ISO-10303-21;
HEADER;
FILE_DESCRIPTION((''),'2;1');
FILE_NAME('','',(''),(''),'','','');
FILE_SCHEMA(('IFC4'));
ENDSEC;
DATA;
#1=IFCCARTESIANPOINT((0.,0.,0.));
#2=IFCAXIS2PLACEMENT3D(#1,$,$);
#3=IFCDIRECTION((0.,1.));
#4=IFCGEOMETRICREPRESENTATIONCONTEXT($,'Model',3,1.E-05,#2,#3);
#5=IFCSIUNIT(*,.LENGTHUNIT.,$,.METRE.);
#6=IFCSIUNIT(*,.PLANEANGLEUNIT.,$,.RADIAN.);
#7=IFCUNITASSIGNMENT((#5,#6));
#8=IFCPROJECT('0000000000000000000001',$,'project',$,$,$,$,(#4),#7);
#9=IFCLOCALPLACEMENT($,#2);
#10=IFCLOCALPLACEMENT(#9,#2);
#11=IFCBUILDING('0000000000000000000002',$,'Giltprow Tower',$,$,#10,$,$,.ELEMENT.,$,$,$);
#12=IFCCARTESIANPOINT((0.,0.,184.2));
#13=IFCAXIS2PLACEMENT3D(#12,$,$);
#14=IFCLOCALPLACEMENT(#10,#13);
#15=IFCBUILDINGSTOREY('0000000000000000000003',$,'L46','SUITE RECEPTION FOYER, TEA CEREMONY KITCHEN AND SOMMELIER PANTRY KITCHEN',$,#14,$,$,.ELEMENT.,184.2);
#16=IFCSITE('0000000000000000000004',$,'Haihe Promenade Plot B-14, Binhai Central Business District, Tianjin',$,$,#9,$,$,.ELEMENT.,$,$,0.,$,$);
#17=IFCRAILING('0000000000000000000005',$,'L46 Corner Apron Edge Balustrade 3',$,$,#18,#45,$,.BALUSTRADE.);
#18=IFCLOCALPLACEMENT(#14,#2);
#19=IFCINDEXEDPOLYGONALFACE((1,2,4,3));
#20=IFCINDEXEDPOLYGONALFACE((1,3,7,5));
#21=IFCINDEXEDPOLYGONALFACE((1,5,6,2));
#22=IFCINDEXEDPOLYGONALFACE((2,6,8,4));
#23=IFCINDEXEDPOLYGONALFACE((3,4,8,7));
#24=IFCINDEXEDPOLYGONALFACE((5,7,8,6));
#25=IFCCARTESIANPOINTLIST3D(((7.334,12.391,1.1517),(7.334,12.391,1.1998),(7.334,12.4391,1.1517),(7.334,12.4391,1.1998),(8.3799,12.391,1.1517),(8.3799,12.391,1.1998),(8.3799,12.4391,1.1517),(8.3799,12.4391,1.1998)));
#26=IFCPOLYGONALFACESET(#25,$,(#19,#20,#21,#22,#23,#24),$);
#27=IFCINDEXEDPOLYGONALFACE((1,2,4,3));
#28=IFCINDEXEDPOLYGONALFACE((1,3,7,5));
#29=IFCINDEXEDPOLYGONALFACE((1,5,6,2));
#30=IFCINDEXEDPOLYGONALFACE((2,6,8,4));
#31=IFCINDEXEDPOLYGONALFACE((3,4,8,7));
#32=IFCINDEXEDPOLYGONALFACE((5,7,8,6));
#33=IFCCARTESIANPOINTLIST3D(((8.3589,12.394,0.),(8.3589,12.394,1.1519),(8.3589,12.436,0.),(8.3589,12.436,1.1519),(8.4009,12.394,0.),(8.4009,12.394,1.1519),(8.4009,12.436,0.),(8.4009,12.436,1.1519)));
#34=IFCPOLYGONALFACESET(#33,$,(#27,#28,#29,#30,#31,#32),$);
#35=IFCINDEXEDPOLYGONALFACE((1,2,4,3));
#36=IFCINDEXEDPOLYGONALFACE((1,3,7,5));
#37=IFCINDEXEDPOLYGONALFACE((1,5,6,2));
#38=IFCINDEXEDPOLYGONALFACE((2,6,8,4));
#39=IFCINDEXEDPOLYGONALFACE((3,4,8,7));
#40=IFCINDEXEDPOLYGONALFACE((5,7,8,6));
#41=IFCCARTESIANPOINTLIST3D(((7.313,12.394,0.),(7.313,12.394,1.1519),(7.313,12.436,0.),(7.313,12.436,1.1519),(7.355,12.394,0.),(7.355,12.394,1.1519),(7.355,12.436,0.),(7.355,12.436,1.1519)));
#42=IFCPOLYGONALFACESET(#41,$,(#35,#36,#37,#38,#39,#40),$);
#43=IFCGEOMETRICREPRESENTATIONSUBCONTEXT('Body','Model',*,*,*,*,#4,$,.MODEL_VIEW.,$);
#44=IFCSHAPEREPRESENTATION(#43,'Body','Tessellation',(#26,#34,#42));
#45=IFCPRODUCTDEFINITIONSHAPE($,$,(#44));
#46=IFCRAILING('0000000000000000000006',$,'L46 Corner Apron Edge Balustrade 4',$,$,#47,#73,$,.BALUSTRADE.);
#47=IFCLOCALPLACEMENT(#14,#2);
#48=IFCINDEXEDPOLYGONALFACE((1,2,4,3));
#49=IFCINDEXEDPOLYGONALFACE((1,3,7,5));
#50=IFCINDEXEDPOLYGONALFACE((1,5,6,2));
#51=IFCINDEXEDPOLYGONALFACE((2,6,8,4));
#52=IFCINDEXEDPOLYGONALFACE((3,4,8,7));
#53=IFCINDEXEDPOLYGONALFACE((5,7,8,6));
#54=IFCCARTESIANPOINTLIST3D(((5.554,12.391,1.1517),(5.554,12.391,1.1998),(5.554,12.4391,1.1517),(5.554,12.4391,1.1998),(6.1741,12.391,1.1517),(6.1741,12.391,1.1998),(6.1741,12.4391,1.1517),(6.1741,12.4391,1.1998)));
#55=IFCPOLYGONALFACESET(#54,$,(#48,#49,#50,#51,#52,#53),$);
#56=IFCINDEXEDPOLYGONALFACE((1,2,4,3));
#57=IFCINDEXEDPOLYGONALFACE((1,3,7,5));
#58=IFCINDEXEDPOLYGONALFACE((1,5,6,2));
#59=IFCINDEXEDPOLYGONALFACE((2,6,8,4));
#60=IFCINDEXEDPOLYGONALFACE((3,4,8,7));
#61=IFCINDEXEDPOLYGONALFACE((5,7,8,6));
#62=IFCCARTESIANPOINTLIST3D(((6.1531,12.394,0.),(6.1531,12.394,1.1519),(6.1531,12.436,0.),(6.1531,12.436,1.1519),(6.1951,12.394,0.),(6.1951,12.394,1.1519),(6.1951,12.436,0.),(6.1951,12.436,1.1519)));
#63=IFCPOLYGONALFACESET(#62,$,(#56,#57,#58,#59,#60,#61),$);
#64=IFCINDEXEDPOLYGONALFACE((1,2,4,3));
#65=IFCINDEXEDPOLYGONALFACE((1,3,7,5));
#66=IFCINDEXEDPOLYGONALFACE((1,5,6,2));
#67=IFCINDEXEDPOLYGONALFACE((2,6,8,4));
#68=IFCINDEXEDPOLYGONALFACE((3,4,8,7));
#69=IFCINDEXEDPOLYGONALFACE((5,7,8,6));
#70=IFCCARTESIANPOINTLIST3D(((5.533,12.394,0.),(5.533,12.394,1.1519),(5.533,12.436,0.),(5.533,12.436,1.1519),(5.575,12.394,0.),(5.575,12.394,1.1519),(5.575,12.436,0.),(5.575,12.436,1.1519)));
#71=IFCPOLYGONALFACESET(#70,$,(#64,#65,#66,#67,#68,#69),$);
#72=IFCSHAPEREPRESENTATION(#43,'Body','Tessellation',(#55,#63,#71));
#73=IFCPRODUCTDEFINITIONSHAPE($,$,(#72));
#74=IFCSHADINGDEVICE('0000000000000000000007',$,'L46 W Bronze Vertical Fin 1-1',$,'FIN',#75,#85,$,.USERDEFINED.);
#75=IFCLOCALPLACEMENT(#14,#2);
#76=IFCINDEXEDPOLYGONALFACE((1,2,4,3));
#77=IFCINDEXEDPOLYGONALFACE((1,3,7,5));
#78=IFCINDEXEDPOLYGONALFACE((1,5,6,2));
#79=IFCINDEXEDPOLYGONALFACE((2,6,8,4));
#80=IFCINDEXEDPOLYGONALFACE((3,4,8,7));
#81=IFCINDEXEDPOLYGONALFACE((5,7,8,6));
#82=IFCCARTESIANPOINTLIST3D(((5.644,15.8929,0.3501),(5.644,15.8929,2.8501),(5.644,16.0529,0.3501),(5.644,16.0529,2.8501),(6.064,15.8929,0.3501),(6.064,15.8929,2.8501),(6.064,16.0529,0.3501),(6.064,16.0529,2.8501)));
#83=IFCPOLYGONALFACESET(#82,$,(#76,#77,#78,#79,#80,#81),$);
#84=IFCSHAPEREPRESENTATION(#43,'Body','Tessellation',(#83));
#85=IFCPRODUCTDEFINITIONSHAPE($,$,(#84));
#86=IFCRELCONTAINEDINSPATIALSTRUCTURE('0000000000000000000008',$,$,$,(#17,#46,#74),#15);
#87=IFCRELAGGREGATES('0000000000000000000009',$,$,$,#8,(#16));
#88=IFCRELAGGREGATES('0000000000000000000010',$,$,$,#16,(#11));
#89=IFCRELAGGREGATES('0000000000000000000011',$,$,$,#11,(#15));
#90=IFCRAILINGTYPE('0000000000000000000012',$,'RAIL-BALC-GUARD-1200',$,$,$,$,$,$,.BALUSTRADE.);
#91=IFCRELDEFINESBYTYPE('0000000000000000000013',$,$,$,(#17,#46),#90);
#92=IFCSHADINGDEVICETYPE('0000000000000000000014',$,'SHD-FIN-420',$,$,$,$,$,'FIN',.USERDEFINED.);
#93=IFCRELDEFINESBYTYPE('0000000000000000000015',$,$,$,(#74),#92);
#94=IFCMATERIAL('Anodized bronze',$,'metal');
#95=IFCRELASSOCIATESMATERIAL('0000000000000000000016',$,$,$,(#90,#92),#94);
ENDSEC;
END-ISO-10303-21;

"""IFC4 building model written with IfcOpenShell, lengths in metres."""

from ifc_helpers import new_model, si_unit, direction, frame, origin, origin_2d, place, context, subcontext, project, spatial, rectangle, extrude, source, transform, mapped, material, type_object, element, save


model = new_model("IFC4")

# Units and contexts
model_context = context("Model", 3, precision=1e-05, world=origin(), true_north=direction((0.0, 1.0)))
body_context = subcontext(model_context, "Body", "Model", "MODEL_VIEW")
ifc_project = project(units=[si_unit("LENGTHUNIT", "METRE"), si_unit("PLANEANGLEUNIT", "RADIAN")], contexts=[model_context])

# Site, building, storey
site_placement = place(None, origin())
site = spatial("IfcSite", under=ifc_project, at=site_placement, Name="Haihe Promenade Plot B-14, Binhai Central Business District, Tianjin", CompositionType="ELEMENT", RefElevation=0.0)
building_placement = place(site_placement, origin())
building = spatial("IfcBuilding", under=site, at=building_placement, Name="Giltprow Tower", CompositionType="ELEMENT")
storey_placement = place(building_placement, frame((0.0, 0.0, 184.2)))
storey = spatial("IfcBuildingStorey", under=building, at=storey_placement, Name="L46", Description="SUITE RECEPTION FOYER, TEA CEREMONY KITCHEN AND SOMMELIER PANTRY KITCHEN", CompositionType="ELEMENT", Elevation=184.2)

# Shared definitions
ifc_material_1 = material(Name="Anodized bronze", Category="metal")

# Railings
railing_type = type_object("IfcRailingType", Name="RAIL-BALC-GUARD-1200", PredefinedType="BALUSTRADE", material=ifc_material_1)
railing_1_placement = place(storey_placement, frame((8.3799, 12.415, 0.0)))
element("IfcRailing", 1, at=railing_1_placement, inside=storey, type_object=railing_type, Name="L46 Corner Apron Edge Balustrade 3", PredefinedType="BALUSTRADE", context=body_context, shape_type="SweptSolid", body=[
    extrude(rectangle(XDim=0.0481, YDim=0.0481, at=origin_2d()), frame((0.0, 0.0, 1.1758), z_axis=(-1.0, 0.0, 0.0), x_axis=(0.0, -1.0, 0.0)), (0.0, 0.0, 1.0), 1.0459),
    extrude(rectangle(XDim=0.042, YDim=0.042, at=origin_2d()), origin(), (0.0, 0.0, 1.0), 1.1519),
    extrude(rectangle(XDim=0.042, YDim=0.042, at=origin_2d()), frame((-1.0459, 0.0, 0.0)), (0.0, 0.0, 1.0), 1.1519),
])
railing_2_placement = place(storey_placement, frame((6.1741, 12.415, 0.0)))
element("IfcRailing", 2, at=railing_2_placement, inside=storey, type_object=railing_type, Name="L46 Corner Apron Edge Balustrade 4", PredefinedType="BALUSTRADE", context=body_context, shape_type="SweptSolid", body=[
    extrude(rectangle(XDim=0.0481, YDim=0.0481, at=origin_2d()), frame((0.0, 0.0, 1.1758), z_axis=(-1.0, 0.0, 0.0), x_axis=(0.0, -1.0, 0.0)), (0.0, 0.0, 1.0), 0.6201),
    extrude(rectangle(XDim=0.042, YDim=0.042, at=origin_2d()), origin(), (0.0, 0.0, 1.0), 1.1519),
    extrude(rectangle(XDim=0.042, YDim=0.042, at=origin_2d()), frame((-0.6201, 0.0, 0.0)), (0.0, 0.0, 1.0), 1.1519),
])

# Shading device
shading_device_type = type_object("IfcShadingDeviceType", Name="SHD-FIN-420", ElementType="FIN", PredefinedType="USERDEFINED", material=ifc_material_1)
shared_shape_1 = source(origin(), body_context, "Body", "SweptSolid", [
    extrude(rectangle(XDim=0.4199, YDim=0.1599, at=origin_2d()), origin(), (0.0, 0.0, 1.0), 2.5),
])
shading_device_placement = place(storey_placement, frame((5.854, 15.9729, 0.3501), z_axis=(0.0, 0.0, 1.0), x_axis=(1.0, 0.0, 0.0)))
element("IfcShadingDevice", 3, at=shading_device_placement, inside=storey, type_object=shading_device_type, Name="L46 W Bronze Vertical Fin 1-1", ObjectType="FIN", PredefinedType="USERDEFINED", context=body_context, shape_type="MappedRepresentation", body=[
    mapped(shared_shape_1, transform((0.0, 0.0, 0.0), x_axis=(1.0, 0.0, 0.0), y_axis=(0.0, 1.0, 0.0), z_axis=(0.0, 0.0, 1.0), scale=1.0)),
])

save(model, "model.ifc")
